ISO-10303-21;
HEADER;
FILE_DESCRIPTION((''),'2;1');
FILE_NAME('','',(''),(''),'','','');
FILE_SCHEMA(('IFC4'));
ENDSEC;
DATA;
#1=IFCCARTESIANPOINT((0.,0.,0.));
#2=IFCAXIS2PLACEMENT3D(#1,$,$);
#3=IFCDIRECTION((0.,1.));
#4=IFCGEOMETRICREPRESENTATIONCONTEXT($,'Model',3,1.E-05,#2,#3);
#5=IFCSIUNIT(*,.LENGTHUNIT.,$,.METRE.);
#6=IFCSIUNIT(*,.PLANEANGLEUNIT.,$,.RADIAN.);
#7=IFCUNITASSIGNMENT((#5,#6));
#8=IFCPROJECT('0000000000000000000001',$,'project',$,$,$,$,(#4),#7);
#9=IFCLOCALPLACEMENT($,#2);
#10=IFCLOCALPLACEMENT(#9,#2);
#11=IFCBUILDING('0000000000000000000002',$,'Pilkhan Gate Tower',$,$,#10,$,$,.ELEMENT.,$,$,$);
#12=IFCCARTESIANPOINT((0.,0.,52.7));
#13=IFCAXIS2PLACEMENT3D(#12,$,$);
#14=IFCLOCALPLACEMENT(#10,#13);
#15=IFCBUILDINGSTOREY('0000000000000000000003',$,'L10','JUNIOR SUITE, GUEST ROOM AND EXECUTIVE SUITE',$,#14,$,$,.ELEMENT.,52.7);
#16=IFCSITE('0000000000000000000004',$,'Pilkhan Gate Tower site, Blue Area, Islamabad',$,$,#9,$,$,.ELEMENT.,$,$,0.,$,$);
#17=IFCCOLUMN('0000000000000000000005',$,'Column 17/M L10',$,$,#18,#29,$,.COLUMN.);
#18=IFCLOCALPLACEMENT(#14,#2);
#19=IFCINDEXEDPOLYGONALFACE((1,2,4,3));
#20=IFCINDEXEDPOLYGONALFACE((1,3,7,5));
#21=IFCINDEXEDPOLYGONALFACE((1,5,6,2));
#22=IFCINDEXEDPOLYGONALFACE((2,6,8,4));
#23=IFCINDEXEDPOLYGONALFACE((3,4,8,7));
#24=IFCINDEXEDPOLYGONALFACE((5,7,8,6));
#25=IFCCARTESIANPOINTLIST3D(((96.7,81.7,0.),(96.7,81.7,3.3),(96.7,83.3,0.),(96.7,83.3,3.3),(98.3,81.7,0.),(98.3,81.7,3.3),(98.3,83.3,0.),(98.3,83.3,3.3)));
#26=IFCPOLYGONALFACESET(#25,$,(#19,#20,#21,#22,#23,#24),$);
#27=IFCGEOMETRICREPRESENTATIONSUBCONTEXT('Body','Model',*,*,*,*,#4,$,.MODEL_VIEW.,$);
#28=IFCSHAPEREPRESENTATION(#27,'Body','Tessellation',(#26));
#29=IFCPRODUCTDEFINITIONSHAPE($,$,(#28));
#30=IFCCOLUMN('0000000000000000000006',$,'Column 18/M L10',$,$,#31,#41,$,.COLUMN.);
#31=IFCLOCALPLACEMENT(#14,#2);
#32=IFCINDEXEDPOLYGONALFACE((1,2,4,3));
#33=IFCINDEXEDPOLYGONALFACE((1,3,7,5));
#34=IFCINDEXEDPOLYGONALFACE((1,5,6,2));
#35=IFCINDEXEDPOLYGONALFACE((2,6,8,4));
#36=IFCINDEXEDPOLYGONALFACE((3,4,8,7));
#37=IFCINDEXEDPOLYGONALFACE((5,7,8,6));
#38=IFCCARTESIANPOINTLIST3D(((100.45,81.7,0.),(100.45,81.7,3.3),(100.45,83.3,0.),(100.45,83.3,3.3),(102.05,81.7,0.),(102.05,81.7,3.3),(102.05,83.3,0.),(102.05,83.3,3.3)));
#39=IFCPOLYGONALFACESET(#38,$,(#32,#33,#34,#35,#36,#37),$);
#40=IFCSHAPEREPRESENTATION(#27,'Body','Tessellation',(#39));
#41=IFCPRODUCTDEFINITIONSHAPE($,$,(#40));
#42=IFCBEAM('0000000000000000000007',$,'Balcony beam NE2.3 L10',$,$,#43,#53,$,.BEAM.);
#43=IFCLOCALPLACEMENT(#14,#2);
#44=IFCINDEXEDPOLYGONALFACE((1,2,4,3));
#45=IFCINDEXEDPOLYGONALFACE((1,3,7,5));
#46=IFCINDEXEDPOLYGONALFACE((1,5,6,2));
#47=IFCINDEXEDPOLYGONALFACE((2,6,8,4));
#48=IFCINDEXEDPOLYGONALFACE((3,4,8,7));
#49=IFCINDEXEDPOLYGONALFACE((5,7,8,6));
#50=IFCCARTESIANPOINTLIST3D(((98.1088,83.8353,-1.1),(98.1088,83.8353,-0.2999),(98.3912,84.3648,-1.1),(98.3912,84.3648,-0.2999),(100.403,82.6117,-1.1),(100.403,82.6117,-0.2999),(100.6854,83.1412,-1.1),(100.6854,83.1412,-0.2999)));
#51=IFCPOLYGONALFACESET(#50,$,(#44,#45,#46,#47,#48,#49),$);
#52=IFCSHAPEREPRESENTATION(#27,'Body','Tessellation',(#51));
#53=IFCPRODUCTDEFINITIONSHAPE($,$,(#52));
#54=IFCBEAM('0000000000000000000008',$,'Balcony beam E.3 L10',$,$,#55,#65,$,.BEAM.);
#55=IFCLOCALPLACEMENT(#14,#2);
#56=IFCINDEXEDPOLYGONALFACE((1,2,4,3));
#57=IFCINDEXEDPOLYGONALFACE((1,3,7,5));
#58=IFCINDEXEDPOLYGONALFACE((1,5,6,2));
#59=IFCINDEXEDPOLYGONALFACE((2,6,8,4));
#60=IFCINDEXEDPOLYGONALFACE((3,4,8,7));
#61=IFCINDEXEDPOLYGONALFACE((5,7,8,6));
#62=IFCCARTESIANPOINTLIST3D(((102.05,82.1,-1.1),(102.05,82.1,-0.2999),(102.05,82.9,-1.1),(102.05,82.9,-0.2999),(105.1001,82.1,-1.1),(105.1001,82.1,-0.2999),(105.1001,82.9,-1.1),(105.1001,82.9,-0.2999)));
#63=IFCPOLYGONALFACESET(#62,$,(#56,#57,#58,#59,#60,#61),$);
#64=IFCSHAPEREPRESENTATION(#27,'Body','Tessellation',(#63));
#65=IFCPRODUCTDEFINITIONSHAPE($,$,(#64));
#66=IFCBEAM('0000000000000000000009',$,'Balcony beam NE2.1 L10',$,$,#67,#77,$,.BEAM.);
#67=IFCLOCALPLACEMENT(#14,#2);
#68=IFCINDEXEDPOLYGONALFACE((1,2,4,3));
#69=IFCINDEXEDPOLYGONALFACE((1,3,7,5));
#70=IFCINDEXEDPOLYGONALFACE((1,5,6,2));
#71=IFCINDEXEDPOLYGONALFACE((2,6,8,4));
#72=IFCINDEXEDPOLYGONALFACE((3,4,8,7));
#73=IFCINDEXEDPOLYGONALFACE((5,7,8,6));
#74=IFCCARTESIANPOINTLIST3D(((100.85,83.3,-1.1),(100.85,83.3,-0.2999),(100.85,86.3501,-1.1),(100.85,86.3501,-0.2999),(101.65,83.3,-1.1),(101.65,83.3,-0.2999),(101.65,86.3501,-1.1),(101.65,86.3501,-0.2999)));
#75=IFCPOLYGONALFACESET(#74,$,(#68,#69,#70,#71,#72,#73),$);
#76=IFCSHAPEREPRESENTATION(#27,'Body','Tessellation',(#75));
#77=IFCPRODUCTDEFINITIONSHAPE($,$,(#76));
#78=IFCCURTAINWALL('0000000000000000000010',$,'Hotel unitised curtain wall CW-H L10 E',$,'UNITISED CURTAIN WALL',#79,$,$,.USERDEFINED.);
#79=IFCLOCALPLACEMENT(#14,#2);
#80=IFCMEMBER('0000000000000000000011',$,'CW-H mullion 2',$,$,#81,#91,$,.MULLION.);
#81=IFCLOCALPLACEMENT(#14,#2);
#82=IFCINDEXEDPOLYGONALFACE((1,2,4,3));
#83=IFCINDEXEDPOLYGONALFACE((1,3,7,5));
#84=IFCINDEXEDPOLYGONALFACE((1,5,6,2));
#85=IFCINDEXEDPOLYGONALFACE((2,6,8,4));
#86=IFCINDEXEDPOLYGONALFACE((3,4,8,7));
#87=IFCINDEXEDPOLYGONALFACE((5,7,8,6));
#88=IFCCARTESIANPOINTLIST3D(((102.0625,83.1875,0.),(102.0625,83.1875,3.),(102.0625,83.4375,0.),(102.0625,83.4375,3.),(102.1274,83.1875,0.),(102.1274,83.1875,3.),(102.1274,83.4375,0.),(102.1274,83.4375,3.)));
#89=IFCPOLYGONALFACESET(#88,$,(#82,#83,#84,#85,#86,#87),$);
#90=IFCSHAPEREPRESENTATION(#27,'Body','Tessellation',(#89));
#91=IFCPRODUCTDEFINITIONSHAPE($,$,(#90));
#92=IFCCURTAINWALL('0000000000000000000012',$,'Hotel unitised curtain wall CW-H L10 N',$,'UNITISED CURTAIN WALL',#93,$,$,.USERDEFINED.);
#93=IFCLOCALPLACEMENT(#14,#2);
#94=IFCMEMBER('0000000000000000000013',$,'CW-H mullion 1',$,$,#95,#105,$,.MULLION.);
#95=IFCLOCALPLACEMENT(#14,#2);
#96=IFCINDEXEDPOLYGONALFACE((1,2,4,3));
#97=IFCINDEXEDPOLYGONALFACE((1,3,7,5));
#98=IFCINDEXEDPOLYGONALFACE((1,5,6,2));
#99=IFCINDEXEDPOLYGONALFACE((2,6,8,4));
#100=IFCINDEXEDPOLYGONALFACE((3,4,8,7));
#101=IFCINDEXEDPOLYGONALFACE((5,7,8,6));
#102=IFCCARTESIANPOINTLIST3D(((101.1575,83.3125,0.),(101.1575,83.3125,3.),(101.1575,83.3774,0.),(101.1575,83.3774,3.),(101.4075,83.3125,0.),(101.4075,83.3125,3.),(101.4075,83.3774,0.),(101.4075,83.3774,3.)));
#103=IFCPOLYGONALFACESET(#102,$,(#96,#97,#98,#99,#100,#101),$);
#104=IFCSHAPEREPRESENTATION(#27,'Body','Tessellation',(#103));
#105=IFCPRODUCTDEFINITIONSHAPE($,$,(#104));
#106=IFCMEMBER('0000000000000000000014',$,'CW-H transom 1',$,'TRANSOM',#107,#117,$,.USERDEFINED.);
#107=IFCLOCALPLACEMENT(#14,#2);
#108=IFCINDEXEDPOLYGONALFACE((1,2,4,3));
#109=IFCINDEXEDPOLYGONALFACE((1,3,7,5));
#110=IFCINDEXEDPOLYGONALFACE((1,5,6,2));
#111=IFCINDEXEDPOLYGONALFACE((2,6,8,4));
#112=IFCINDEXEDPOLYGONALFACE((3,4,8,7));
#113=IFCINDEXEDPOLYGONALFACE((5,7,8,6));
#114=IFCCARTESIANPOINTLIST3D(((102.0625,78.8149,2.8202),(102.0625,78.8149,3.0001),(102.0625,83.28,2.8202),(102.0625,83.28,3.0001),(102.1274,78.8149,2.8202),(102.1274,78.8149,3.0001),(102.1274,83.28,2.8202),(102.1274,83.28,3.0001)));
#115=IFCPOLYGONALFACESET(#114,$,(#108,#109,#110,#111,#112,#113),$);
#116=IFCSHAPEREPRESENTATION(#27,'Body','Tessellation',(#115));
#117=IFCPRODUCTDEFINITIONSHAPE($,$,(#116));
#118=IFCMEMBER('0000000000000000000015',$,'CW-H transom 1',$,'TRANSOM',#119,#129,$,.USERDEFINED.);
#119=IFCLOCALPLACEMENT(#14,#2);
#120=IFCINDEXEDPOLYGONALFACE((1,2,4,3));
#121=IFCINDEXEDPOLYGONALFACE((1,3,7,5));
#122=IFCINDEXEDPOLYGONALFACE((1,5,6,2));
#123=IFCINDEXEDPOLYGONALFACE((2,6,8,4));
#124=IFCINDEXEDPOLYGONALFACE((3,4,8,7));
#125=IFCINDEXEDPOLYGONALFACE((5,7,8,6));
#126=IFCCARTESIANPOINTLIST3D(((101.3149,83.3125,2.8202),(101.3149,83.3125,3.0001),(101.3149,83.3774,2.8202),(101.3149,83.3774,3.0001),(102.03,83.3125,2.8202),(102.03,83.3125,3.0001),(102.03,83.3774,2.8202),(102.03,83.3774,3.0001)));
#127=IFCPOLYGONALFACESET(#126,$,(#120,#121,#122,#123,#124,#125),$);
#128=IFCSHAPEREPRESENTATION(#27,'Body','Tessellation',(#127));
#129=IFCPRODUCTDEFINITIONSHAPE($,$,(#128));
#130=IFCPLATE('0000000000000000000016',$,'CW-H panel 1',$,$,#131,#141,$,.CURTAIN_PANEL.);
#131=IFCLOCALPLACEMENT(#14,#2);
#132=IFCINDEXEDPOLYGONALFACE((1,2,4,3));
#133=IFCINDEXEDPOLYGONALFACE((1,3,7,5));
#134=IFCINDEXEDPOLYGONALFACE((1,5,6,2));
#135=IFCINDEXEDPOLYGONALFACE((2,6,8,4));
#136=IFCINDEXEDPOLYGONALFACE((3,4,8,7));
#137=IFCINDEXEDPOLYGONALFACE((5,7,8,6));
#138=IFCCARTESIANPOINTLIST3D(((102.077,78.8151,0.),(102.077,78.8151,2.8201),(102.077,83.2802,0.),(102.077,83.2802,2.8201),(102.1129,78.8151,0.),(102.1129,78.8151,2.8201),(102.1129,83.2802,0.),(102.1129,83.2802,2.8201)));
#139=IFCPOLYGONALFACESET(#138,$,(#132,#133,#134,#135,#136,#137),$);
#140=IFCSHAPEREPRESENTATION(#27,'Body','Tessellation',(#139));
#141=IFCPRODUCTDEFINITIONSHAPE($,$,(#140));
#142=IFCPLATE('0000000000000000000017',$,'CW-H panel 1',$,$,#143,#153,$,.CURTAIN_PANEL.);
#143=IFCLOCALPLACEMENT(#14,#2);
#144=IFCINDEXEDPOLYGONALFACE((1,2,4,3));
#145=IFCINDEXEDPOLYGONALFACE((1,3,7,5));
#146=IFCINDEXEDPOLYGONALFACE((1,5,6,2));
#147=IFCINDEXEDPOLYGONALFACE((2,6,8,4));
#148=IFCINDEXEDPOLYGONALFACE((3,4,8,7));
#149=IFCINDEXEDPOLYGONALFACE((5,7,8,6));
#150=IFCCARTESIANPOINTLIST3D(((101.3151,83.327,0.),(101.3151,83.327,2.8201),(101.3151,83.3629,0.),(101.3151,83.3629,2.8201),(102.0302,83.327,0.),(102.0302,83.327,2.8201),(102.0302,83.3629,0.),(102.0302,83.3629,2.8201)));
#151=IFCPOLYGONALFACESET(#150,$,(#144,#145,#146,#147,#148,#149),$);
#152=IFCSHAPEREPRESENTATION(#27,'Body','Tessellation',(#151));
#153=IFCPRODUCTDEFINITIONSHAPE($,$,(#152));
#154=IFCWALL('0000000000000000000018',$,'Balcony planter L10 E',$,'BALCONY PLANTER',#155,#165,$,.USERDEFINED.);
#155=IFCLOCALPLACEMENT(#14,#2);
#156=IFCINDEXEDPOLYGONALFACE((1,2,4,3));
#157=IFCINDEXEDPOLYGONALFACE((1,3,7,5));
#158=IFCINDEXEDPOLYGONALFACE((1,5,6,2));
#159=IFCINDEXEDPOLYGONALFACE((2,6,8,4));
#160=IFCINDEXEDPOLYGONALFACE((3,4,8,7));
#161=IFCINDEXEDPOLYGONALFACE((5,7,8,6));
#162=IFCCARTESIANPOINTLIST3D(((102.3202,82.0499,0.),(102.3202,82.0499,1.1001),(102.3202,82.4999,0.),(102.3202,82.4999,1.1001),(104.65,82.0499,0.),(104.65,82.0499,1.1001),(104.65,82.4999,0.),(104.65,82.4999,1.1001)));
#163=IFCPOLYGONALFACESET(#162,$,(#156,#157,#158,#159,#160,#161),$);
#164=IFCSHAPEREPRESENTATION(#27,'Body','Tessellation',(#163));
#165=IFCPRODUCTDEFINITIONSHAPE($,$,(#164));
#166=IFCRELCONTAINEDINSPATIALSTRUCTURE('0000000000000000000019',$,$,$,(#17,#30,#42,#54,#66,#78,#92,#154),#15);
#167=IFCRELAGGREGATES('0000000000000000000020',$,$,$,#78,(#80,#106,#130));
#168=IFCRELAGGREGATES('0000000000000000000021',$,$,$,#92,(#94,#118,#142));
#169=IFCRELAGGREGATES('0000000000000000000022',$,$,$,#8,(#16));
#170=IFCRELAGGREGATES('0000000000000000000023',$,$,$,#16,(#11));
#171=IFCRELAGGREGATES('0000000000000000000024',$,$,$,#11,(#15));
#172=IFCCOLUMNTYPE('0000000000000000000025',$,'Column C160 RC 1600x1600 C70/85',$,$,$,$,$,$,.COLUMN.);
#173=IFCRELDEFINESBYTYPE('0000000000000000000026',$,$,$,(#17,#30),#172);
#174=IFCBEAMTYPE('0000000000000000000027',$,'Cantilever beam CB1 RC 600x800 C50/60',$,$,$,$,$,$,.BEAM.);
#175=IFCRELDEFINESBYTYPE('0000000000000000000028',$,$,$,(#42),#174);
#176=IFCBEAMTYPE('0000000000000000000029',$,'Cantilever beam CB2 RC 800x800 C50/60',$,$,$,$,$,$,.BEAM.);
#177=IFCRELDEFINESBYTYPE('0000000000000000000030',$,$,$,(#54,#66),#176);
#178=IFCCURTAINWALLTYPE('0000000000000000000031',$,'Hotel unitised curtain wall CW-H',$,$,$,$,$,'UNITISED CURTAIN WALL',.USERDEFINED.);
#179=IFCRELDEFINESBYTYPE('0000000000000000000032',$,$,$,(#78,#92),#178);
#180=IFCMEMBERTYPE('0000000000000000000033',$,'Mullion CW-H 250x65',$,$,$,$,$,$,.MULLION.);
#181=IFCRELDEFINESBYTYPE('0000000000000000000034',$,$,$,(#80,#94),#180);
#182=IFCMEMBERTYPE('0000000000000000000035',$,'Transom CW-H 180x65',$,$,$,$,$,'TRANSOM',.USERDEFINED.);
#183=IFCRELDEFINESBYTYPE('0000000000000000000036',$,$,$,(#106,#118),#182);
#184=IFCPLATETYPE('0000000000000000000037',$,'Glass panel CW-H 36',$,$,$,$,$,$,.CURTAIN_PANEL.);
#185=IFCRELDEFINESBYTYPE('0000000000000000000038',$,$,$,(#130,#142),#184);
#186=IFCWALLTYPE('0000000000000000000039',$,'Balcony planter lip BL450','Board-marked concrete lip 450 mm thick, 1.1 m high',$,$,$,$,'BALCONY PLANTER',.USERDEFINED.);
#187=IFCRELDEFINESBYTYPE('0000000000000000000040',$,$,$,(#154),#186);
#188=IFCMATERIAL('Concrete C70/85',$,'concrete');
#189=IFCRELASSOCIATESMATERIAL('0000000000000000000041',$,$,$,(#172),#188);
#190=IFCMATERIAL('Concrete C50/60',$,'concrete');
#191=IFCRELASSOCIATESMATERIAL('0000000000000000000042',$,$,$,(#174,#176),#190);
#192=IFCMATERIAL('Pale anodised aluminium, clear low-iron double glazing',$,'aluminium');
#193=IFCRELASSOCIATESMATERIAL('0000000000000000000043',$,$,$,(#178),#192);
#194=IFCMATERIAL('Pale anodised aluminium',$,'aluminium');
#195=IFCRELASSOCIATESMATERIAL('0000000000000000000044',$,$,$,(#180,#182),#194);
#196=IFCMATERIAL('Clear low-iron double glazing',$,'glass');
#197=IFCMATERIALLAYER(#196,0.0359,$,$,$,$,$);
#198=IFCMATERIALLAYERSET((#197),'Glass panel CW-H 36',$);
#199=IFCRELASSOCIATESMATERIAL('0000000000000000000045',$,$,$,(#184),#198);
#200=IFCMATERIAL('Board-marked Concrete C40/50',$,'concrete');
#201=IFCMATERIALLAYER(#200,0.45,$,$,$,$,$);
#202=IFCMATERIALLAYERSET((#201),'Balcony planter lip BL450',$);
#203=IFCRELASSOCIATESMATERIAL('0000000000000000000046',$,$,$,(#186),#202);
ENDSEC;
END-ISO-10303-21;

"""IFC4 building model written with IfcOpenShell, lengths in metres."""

from ifc_helpers import new_model, si_unit, direction, frame, frame_2d, origin, origin_2d, place, context, subcontext, project, spatial, rectangle, extrude, material, layer, layer_set, material_profile, profile_set, type_object, element, aggregate, save


model = new_model("IFC4")

# Units and contexts
model_context = context("Model", 3, precision=1e-05, world=origin(), true_north=direction((0.0, 1.0)))
body_context = subcontext(model_context, "Body", "Model", "MODEL_VIEW")
ifc_project = project(units=[si_unit("LENGTHUNIT", "METRE"), si_unit("PLANEANGLEUNIT", "RADIAN")], contexts=[model_context])

# Site, building, storey
site_placement = place(None, origin())
site = spatial("IfcSite", under=ifc_project, at=site_placement, Name="Pilkhan Gate Tower site, Blue Area, Islamabad", CompositionType="ELEMENT", RefElevation=0.0)
building_placement = place(site_placement, origin())
building = spatial("IfcBuilding", under=site, at=building_placement, Name="Pilkhan Gate Tower", CompositionType="ELEMENT")
storey_placement = place(building_placement, frame((0.0, 0.0, 52.7)))
storey = spatial("IfcBuildingStorey", under=building, at=storey_placement, Name="L10", Description="JUNIOR SUITE, GUEST ROOM AND EXECUTIVE SUITE", CompositionType="ELEMENT", Elevation=52.7)

# Columns
ifc_material_1 = material(Name="Concrete C70/85", Category="concrete")
ifc_material_profile_1 = material_profile(ifc_material_1, rectangle(XDim=1.6001, YDim=1.6001, at=origin_2d()), Name="RC 1600x1600")
ifc_profile_set_1 = profile_set([ifc_material_profile_1], Name="Concrete C70/85")
column_type = type_object("IfcColumnType", Name="Column C160 RC 1600x1600 C70/85", PredefinedType="COLUMN", material=ifc_profile_set_1)
for number, where, z_axis, x_axis, name in (
    (1, (97.5, 82.5, 0.0), (0.0, 0.0, 1.0), (1.0, 0.0, 0.0), "Column 17/M L10"),
    (2, (101.25, 82.5, 0.0), (0.0, 0.0, 1.0), (1.0, 0.0, 0.0), "Column 18/M L10"),
):
    element("IfcColumn", number, at=place(storey_placement, frame(where, z_axis=z_axis, x_axis=x_axis)), inside=storey, type_object=column_type, Name=name, PredefinedType="COLUMN", context=body_context, shape_type="SweptSolid", body=[
        extrude(rectangle(XDim=1.6001, YDim=1.6001, at=origin_2d()), origin(), (0.0, 0.0, 1.0), 3.3),
    ])

# Beams
ifc_material_2 = material(Name="Concrete C50/60", Category="concrete")
ifc_material_profile_2 = material_profile(ifc_material_2, rectangle(XDim=0.6001, YDim=0.8, at=origin_2d()), Name="RC 600x800")
ifc_profile_set_2 = profile_set([ifc_material_profile_2], Name="Concrete C50/60")
beam_type_1 = type_object("IfcBeamType", Name="Cantilever beam CB1 RC 600x800 C50/60", PredefinedType="BEAM", material=ifc_profile_set_2)
beam_placement = place(storey_placement, frame((100.5442, 82.8765, -0.7), z_axis=(-0.882343, 0.470608, 0.0), x_axis=(-0.470608, -0.882343, 0.0)))
element("IfcBeam", 3, at=beam_placement, inside=storey, type_object=beam_type_1, Name="Balcony beam NE2.3 L10", PredefinedType="BEAM", context=body_context, shape_type="SweptSolid", body=[
    extrude(rectangle(XDim=0.6001, YDim=0.8, at=origin_2d()), origin(), (0.0, 0.0, 1.0), 2.6001),
])
ifc_material_profile_3 = material_profile(ifc_material_2, rectangle(XDim=0.8, YDim=0.8, at=origin_2d()), Name="RC 800x800")
ifc_profile_set_3 = profile_set([ifc_material_profile_3], Name="Concrete C50/60")
beam_type_2 = type_object("IfcBeamType", Name="Cantilever beam CB2 RC 800x800 C50/60", PredefinedType="BEAM", material=ifc_profile_set_3)
for number, where, z_axis, x_axis, name in (
    (4, (102.05, 82.5, -0.7), (1.0, 0.0, 0.0), (0.0, 1.0, 0.0), "Balcony beam E.3 L10"),
    (5, (101.25, 83.3, -0.7), (0.0, 1.0, 0.0), (-1.0, 0.0, 0.0), "Balcony beam NE2.1 L10"),
):
    element("IfcBeam", number, at=place(storey_placement, frame(where, z_axis=z_axis, x_axis=x_axis)), inside=storey, type_object=beam_type_2, Name=name, PredefinedType="BEAM", context=body_context, shape_type="SweptSolid", body=[
        extrude(rectangle(XDim=0.8, YDim=0.8, at=origin_2d()), origin(), (0.0, 0.0, 1.0), 3.05),
    ])

# Curtain walls, members
ifc_material_3 = material(Name="Pale anodised aluminium, clear low-iron double glazing", Category="aluminium")
curtain_wall_type = type_object("IfcCurtainWallType", Name="Hotel unitised curtain wall CW-H", ElementType="UNITISED CURTAIN WALL", PredefinedType="USERDEFINED", material=ifc_material_3)
curtain_wall_1_placement = place(storey_placement, origin())
curtain_wall_1 = element("IfcCurtainWall", 6, at=curtain_wall_1_placement, inside=storey, type_object=curtain_wall_type, Name="Hotel unitised curtain wall CW-H L10 E", ObjectType="UNITISED CURTAIN WALL", PredefinedType="USERDEFINED")
ifc_material_4 = material(Name="Pale anodised aluminium", Category="aluminium")
ifc_material_profile_4 = material_profile(ifc_material_4, rectangle(XDim=0.0649, YDim=0.25, at=origin_2d()), Name="Mullion 250x65")
ifc_profile_set_4 = profile_set([ifc_material_profile_4], Name="Pale anodised aluminium")
member_type_1 = type_object("IfcMemberType", Name="Mullion CW-H 250x65", PredefinedType="MULLION", material=ifc_profile_set_4)
member_1_placement = place(storey_placement, frame((102.095, 83.3125, 0.0), z_axis=(0.0, 0.0, 1.0), x_axis=(-1.0, 0.0, 0.0)))
member_1 = element("IfcMember", 7, at=member_1_placement, type_object=member_type_1, Name="CW-H mullion 2", PredefinedType="MULLION", context=body_context, shape_type="SweptSolid", body=[
    extrude(rectangle(XDim=0.0649, YDim=0.25, at=origin_2d()), origin(), (0.0, 0.0, 1.0), 3.0),
])
curtain_wall_2_placement = place(storey_placement, origin())
curtain_wall_2 = element("IfcCurtainWall", 8, at=curtain_wall_2_placement, inside=storey, type_object=curtain_wall_type, Name="Hotel unitised curtain wall CW-H L10 N", ObjectType="UNITISED CURTAIN WALL", PredefinedType="USERDEFINED")
member_2_placement = place(storey_placement, frame((101.2825, 83.345, 0.0), z_axis=(0.0, 0.0, 1.0), x_axis=(0.0, 1.0, 0.0)))
member_2 = element("IfcMember", 9, at=member_2_placement, type_object=member_type_1, Name="CW-H mullion 1", PredefinedType="MULLION", context=body_context, shape_type="SweptSolid", body=[
    extrude(rectangle(XDim=0.0649, YDim=0.25, at=origin_2d()), origin(), (0.0, 0.0, 1.0), 3.0),
])

# Members
ifc_material_profile_5 = material_profile(ifc_material_4, rectangle(XDim=0.0649, YDim=0.1799, at=origin_2d()), Name="Transom 180x65")
ifc_profile_set_5 = profile_set([ifc_material_profile_5], Name="Pale anodised aluminium")
member_type_2 = type_object("IfcMemberType", Name="Transom CW-H 180x65", ElementType="TRANSOM", PredefinedType="USERDEFINED", material=ifc_profile_set_5)
member_3_placement = place(storey_placement, frame((102.095, 78.8149, 2.9102), z_axis=(0.0, 1.0, 0.0), x_axis=(-1.0, 0.0, 0.0)))
member_3 = element("IfcMember", 10, at=member_3_placement, type_object=member_type_2, Name="CW-H transom 1", ObjectType="TRANSOM", PredefinedType="USERDEFINED", context=body_context, shape_type="SweptSolid", body=[
    extrude(rectangle(XDim=0.0649, YDim=0.1799, at=origin_2d()), origin(), (0.0, 0.0, 1.0), 4.4651),
])
member_4_placement = place(storey_placement, frame((101.3149, 83.345, 2.9102), z_axis=(1.0, 0.0, 0.0), x_axis=(0.0, 1.0, 0.0)))
member_4 = element("IfcMember", 11, at=member_4_placement, type_object=member_type_2, Name="CW-H transom 1", ObjectType="TRANSOM", PredefinedType="USERDEFINED", context=body_context, shape_type="SweptSolid", body=[
    extrude(rectangle(XDim=0.0649, YDim=0.1799, at=origin_2d()), origin(), (0.0, 0.0, 1.0), 0.7151),
])

# Plates
ifc_material_5 = material(Name="Clear low-iron double glazing", Category="glass")
ifc_layer_1 = layer(ifc_material_5, 0.0359)
ifc_layer_set_1 = layer_set([ifc_layer_1], Name="Glass panel CW-H 36")
plate_type = type_object("IfcPlateType", Name="Glass panel CW-H 36", PredefinedType="CURTAIN_PANEL", material=ifc_layer_set_1)
plate_1_placement = place(storey_placement, frame((102.095, 81.0476, 0.0), z_axis=(0.0, 0.0, 1.0), x_axis=(0.0, 1.0, 0.0)))
plate_1 = element("IfcPlate", 12, at=plate_1_placement, type_object=plate_type, Name="CW-H panel 1", PredefinedType="CURTAIN_PANEL", context=body_context, shape_type="SweptSolid", body=[
    extrude(rectangle(XDim=4.4651, YDim=0.0359, at=origin_2d()), origin(), (0.0, 0.0, 1.0), 2.8201),
])
aggregate(curtain_wall_1, [member_1, member_3, plate_1])
plate_2_placement = place(storey_placement, frame((101.6726, 83.345, 0.0), z_axis=(0.0, 0.0, 1.0), x_axis=(1.0, 0.0, 0.0)))
plate_2 = element("IfcPlate", 13, at=plate_2_placement, type_object=plate_type, Name="CW-H panel 1", PredefinedType="CURTAIN_PANEL", context=body_context, shape_type="SweptSolid", body=[
    extrude(rectangle(XDim=0.7151, YDim=0.0359, at=origin_2d()), origin(), (0.0, 0.0, 1.0), 2.8201),
])
aggregate(curtain_wall_2, [member_2, member_4, plate_2])

# Wall
ifc_material_6 = material(Name="Board-marked Concrete C40/50", Category="concrete")
ifc_layer_2 = layer(ifc_material_6, 0.45)
ifc_layer_set_2 = layer_set([ifc_layer_2], Name="Balcony planter lip BL450")
wall_type_1 = type_object("IfcWallType", Name="Balcony planter lip BL450", Description="Board-marked concrete lip 450 mm thick, 1.1 m high", ElementType="BALCONY PLANTER", PredefinedType="USERDEFINED", material=ifc_layer_set_2)
wall_1_placement = place(storey_placement, frame((102.3201, 82.2749, 0.0), z_axis=(0.0, 0.0, 1.0), x_axis=(1.0, 0.0, 0.0)))
element("IfcWall", 14, at=wall_1_placement, inside=storey, type_object=wall_type_1, Name="Balcony planter L10 E", ObjectType="BALCONY PLANTER", PredefinedType="USERDEFINED", context=body_context, shape_type="SweptSolid", body=[
    extrude(rectangle(XDim=2.3298, YDim=0.45, at=frame_2d((1.165, 0.0))), origin(), (0.0, 0.0, 1.0), 1.1001),
])

save(model, "model.ifc")
